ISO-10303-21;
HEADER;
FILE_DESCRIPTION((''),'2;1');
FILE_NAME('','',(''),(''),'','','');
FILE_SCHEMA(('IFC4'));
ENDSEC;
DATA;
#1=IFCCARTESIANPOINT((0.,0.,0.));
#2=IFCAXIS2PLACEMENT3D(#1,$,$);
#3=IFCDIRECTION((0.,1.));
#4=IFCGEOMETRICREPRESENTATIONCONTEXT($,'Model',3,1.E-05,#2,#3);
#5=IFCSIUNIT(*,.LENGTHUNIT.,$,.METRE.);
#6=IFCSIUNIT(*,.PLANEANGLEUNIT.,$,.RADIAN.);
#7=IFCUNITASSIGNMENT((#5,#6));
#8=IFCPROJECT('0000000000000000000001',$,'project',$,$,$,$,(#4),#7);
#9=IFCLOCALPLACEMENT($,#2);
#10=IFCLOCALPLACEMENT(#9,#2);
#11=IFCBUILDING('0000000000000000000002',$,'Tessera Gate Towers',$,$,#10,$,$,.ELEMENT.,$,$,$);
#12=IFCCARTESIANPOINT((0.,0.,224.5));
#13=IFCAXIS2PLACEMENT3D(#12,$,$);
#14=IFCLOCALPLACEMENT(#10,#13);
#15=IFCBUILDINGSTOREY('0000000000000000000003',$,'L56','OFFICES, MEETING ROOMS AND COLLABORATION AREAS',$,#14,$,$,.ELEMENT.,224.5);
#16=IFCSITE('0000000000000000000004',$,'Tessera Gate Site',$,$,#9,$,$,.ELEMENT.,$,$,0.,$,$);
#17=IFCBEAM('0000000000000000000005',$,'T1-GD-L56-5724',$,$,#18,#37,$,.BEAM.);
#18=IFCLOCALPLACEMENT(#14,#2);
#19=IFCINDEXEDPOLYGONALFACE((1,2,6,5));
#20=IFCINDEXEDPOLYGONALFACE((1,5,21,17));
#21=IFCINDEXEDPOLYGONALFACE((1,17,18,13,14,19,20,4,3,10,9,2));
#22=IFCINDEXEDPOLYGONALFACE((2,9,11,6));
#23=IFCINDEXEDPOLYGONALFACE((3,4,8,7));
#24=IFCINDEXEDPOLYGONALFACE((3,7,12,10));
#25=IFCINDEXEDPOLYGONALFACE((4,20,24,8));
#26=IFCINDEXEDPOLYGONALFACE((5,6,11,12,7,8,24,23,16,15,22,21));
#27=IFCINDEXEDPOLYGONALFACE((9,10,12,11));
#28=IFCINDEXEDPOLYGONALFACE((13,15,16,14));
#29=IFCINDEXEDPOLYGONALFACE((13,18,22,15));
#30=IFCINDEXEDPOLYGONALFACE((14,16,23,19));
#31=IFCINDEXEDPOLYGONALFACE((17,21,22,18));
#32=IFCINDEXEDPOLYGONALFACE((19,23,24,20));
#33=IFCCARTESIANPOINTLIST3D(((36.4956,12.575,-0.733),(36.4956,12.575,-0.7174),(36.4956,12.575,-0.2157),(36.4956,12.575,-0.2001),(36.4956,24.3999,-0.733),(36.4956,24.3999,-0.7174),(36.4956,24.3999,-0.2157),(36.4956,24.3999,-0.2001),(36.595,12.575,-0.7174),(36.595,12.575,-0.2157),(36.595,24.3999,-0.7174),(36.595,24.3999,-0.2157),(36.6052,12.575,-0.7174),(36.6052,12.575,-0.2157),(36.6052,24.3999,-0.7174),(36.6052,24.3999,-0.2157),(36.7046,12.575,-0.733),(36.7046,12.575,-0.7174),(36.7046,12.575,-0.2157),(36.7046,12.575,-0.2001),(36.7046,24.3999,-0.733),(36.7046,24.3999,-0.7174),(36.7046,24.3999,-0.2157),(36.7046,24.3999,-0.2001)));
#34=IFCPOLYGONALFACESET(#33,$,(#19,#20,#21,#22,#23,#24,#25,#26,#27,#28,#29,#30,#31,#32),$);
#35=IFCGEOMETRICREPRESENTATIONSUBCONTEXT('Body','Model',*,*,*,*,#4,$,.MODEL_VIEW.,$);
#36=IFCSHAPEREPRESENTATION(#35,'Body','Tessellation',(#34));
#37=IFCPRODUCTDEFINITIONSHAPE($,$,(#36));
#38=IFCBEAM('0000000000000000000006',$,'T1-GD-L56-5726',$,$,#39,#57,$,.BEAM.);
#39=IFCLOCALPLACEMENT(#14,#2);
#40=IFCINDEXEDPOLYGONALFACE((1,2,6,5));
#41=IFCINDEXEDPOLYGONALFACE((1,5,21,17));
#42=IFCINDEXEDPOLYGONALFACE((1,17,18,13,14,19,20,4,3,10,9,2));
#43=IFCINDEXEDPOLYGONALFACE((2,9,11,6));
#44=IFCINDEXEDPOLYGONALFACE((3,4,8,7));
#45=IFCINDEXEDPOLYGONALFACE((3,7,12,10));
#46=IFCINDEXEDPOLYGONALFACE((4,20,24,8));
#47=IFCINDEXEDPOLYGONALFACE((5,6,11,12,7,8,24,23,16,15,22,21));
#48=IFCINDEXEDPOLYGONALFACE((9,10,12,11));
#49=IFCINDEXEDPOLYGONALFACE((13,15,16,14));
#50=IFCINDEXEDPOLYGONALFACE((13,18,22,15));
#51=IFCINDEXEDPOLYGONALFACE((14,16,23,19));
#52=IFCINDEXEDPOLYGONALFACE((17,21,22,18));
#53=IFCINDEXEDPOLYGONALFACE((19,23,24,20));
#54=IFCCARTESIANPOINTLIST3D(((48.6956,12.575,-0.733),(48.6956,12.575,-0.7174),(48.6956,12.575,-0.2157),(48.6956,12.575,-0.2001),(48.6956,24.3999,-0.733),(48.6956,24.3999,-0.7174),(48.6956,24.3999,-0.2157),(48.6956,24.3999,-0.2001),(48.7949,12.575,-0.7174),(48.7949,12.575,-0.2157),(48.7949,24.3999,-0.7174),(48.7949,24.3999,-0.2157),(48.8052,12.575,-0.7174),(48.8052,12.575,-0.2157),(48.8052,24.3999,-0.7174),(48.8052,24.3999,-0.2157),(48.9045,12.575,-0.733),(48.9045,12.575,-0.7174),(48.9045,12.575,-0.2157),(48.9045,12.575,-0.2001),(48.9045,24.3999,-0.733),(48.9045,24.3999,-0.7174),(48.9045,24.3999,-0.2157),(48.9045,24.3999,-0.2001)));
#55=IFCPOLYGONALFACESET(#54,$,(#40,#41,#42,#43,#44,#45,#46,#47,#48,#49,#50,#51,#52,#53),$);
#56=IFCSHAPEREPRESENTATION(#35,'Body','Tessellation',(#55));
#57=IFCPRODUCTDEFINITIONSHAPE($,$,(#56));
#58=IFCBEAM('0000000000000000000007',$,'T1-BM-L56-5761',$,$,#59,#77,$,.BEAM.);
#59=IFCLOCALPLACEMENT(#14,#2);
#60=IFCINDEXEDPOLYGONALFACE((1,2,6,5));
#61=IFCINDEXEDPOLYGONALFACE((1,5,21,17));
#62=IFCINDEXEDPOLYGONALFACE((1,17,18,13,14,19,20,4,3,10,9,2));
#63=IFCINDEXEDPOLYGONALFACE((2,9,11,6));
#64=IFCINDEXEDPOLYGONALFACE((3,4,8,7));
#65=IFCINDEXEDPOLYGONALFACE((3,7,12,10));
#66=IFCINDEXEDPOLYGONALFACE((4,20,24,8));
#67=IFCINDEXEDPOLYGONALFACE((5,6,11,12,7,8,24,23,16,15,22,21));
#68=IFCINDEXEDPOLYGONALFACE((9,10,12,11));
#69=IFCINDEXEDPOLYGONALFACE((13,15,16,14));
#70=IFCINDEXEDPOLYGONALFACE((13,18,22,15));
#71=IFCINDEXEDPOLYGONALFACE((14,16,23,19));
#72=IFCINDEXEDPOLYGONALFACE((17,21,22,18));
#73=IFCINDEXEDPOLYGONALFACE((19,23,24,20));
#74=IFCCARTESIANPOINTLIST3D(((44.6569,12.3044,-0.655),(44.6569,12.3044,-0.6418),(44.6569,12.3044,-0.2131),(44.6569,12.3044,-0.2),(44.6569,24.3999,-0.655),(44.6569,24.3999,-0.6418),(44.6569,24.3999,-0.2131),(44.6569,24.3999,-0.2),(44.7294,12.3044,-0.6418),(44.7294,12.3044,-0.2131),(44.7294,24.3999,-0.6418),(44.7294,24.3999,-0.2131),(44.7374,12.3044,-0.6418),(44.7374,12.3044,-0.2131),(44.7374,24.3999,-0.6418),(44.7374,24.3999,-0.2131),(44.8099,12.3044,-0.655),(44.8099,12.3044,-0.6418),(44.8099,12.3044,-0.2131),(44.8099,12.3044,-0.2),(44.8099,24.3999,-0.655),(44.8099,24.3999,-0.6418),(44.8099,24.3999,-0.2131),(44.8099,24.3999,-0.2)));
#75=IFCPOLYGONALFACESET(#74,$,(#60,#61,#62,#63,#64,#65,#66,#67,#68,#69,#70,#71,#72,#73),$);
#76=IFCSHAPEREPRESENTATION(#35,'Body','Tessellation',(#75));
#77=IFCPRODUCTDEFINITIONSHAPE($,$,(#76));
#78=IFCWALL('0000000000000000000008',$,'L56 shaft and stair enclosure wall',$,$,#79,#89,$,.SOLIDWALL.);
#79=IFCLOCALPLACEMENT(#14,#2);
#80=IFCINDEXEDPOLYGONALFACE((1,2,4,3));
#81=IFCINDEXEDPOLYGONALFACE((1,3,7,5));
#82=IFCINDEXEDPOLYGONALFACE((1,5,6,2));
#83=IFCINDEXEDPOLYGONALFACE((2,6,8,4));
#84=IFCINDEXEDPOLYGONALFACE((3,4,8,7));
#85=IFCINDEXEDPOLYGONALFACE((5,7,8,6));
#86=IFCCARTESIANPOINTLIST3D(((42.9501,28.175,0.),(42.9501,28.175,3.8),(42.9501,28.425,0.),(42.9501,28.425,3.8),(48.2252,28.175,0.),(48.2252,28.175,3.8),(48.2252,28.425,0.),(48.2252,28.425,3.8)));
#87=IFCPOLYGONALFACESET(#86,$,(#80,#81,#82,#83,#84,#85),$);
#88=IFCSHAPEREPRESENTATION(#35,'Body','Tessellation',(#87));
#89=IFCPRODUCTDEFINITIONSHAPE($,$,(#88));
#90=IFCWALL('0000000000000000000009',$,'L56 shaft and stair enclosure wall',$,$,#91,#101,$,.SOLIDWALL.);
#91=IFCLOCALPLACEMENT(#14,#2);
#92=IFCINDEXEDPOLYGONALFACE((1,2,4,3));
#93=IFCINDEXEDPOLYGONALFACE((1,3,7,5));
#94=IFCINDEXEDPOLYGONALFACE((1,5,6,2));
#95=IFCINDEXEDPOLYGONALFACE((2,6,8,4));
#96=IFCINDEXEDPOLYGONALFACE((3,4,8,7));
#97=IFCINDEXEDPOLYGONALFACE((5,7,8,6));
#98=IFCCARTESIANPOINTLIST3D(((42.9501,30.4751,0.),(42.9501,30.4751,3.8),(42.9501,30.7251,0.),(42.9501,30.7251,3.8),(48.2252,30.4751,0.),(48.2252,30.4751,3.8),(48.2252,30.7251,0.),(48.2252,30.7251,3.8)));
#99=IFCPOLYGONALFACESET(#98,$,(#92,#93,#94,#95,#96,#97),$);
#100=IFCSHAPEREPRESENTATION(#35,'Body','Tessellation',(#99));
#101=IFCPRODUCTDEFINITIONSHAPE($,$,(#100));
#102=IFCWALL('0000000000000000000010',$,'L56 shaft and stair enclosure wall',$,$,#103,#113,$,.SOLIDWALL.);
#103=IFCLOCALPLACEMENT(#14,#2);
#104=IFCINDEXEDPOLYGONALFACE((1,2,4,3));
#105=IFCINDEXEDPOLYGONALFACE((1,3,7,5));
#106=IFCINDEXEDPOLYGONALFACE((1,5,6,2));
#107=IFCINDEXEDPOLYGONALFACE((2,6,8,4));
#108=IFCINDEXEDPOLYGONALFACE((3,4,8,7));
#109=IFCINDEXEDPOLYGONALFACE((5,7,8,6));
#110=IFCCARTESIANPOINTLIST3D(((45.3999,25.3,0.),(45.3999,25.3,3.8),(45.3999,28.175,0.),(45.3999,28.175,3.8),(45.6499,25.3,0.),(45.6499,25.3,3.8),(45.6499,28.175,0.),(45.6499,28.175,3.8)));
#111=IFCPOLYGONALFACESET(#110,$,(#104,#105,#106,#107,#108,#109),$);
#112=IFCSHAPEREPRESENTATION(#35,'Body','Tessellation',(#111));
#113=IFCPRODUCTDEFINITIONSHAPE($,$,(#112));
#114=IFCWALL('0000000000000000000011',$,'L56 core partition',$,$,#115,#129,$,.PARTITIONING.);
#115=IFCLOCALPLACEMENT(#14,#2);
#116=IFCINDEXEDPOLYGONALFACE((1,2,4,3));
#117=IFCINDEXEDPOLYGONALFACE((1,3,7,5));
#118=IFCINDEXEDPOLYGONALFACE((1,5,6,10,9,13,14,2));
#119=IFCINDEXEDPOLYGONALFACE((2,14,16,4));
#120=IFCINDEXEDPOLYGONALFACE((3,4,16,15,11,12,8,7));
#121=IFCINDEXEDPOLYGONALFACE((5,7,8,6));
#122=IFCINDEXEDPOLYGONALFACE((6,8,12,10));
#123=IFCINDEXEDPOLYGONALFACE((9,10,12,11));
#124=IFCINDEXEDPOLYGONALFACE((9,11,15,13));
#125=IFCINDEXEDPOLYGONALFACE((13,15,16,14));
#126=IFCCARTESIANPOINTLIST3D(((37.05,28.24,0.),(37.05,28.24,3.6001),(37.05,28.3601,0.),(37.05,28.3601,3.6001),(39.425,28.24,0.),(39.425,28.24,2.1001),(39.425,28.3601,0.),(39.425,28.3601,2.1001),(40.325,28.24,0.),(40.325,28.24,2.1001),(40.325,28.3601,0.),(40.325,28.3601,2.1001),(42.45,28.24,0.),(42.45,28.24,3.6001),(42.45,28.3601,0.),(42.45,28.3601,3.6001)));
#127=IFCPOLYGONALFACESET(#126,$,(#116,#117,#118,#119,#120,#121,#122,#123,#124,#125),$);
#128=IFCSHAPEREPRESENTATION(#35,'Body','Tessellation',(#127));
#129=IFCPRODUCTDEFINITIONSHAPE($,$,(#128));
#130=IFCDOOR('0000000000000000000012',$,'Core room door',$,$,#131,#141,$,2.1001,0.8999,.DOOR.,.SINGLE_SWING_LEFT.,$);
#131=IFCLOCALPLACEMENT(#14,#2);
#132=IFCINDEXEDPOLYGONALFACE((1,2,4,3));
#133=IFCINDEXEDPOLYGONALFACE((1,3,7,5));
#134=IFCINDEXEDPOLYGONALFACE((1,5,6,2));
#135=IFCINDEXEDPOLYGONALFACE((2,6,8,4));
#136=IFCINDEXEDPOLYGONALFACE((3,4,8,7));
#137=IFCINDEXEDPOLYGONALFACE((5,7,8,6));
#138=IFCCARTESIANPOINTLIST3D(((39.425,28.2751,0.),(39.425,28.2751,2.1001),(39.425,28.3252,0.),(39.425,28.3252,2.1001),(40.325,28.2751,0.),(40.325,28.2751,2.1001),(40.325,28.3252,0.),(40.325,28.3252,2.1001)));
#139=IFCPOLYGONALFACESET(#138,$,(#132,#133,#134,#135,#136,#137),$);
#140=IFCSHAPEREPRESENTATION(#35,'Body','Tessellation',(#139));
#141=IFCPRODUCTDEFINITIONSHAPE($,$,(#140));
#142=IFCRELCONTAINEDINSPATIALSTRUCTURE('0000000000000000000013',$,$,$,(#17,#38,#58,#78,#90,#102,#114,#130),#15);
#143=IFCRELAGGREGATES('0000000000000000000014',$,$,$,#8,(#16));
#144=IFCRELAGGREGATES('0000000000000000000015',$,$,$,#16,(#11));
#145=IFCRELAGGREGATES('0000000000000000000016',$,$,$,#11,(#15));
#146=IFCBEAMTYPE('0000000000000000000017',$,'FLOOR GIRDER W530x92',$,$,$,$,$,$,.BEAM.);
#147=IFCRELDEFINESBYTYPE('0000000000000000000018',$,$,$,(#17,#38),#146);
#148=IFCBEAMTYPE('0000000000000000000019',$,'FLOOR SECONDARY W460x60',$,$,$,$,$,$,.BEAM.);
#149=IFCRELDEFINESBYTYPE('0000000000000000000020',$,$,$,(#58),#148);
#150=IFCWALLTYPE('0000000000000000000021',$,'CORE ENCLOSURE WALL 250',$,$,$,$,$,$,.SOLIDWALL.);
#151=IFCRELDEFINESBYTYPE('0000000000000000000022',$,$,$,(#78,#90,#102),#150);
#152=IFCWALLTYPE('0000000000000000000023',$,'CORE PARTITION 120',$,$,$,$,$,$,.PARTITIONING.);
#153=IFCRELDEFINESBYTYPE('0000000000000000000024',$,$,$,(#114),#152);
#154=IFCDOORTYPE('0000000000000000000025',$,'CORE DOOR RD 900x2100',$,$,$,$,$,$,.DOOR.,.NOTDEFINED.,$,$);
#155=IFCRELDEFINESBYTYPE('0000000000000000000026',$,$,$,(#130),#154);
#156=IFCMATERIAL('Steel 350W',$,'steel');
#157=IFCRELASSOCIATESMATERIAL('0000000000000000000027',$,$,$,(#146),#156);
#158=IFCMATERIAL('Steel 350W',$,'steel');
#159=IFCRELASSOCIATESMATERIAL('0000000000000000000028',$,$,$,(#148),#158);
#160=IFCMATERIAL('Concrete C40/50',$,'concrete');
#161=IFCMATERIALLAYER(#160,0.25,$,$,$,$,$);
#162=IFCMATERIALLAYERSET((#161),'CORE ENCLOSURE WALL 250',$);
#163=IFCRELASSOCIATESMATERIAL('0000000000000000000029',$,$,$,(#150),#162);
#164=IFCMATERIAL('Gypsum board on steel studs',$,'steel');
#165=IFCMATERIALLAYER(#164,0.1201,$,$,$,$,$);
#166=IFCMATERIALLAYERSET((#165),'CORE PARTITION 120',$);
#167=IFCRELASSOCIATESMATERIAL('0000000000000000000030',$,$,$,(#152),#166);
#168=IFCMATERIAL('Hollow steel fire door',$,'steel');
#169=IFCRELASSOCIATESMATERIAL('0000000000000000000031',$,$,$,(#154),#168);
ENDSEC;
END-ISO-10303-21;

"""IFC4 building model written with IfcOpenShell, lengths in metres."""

from ifc_helpers import new_model, si_unit, direction, frame, frame_2d, origin, origin_2d, place, context, subcontext, project, spatial, rectangle, i_section, extrude, source, transform, mapped, material, layer, layer_set, material_profile, profile_set, type_object, element, fill, save


model = new_model("IFC4")

# Units and contexts
model_context = context("Model", 3, precision=1e-05, world=origin(), true_north=direction((0.0, 1.0)))
body_context = subcontext(model_context, "Body", "Model", "MODEL_VIEW")
ifc_project = project(units=[si_unit("LENGTHUNIT", "METRE"), si_unit("PLANEANGLEUNIT", "RADIAN")], contexts=[model_context])

# Site, building, storey
site_placement = place(None, origin())
site = spatial("IfcSite", under=ifc_project, at=site_placement, Name="Tessera Gate Site", CompositionType="ELEMENT", RefElevation=0.0)
building_placement = place(site_placement, origin())
building = spatial("IfcBuilding", under=site, at=building_placement, Name="Tessera Gate Towers", CompositionType="ELEMENT")
storey_placement = place(building_placement, frame((0.0, 0.0, 224.5)))
storey = spatial("IfcBuildingStorey", under=building, at=storey_placement, Name="L56", Description="OFFICES, MEETING ROOMS AND COLLABORATION AREAS", CompositionType="ELEMENT", Elevation=224.5)

# Beams
ifc_material_1 = material(Name="Steel 350W", Category="steel")
ifc_material_profile_1 = material_profile(ifc_material_1, i_section(OverallWidth=0.209, OverallDepth=0.533, WebThickness=0.0103, FlangeThickness=0.0156, at=origin_2d()), Name="W530x92")
ifc_profile_set_1 = profile_set([ifc_material_profile_1], Name="Steel 350W")
beam_type_1 = type_object("IfcBeamType", Name="FLOOR GIRDER W530x92", PredefinedType="BEAM", material=ifc_profile_set_1)
for number, where, z_axis, x_axis, name in (
    (1, (36.6001, 12.575, -0.4666), (0.0, 1.0, 0.0), (-1.0, 0.0, 0.0), "T1-GD-L56-5724"),
    (2, (48.8, 12.575, -0.4666), (0.0, 1.0, 0.0), (-1.0, 0.0, 0.0), "T1-GD-L56-5726"),
):
    element("IfcBeam", number, at=place(storey_placement, frame(where, z_axis=z_axis, x_axis=x_axis)), inside=storey, type_object=beam_type_1, Name=name, PredefinedType="BEAM", context=body_context, shape_type="SweptSolid", body=[
        extrude(i_section(OverallWidth=0.209, OverallDepth=0.533, WebThickness=0.0103, FlangeThickness=0.0156, at=origin_2d()), origin(), (0.0, 0.0, 1.0), 11.825),
    ])
ifc_material_2 = material(Name="Steel 350W", Category="steel")
ifc_material_profile_2 = material_profile(ifc_material_2, i_section(OverallWidth=0.1531, OverallDepth=0.4551, WebThickness=0.0081, FlangeThickness=0.0132, at=origin_2d()), Name="W460x60")
ifc_profile_set_2 = profile_set([ifc_material_profile_2], Name="Steel 350W")
beam_type_2 = type_object("IfcBeamType", Name="FLOOR SECONDARY W460x60", PredefinedType="BEAM", material=ifc_profile_set_2)
beam_placement = place(storey_placement, frame((44.7334, 12.3044, -0.4275), z_axis=(0.0, 1.0, 0.0), x_axis=(-1.0, 0.0, 0.0)))
element("IfcBeam", 3, at=beam_placement, inside=storey, type_object=beam_type_2, Name="T1-BM-L56-5761", PredefinedType="BEAM", context=body_context, shape_type="SweptSolid", body=[
    extrude(i_section(OverallWidth=0.1531, OverallDepth=0.4551, WebThickness=0.0081, FlangeThickness=0.0132, at=origin_2d()), origin(), (0.0, 0.0, 1.0), 12.0955),
])

# Walls
ifc_material_3 = material(Name="Concrete C40/50", Category="concrete")
ifc_layer_1 = layer(ifc_material_3, 0.25)
ifc_layer_set_1 = layer_set([ifc_layer_1], Name="CORE ENCLOSURE WALL 250")
wall_type_1 = type_object("IfcWallType", Name="CORE ENCLOSURE WALL 250", PredefinedType="SOLIDWALL", material=ifc_layer_set_1)
for number, where, z_axis, x_axis, name in (
    (4, (42.95, 28.3, 0.0), (0.0, 0.0, 1.0), (1.0, 0.0, 0.0), "L56 shaft and stair enclosure wall"),
    (5, (42.95, 30.6001, 0.0), (0.0, 0.0, 1.0), (1.0, 0.0, 0.0), "L56 shaft and stair enclosure wall"),
):
    element("IfcWall", number, at=place(storey_placement, frame(where, z_axis=z_axis, x_axis=x_axis)), inside=storey, type_object=wall_type_1, Name=name, PredefinedType="SOLIDWALL", context=body_context, shape_type="SweptSolid", body=[
        extrude(rectangle(XDim=5.2751, YDim=0.25, at=frame_2d((2.6377, 0.0))), origin(), (0.0, 0.0, 1.0), 3.8),
    ])
wall_1_placement = place(storey_placement, frame((45.5249, 25.3, 0.0), z_axis=(0.0, 0.0, 1.0), x_axis=(0.0, 1.0, 0.0)))
element("IfcWall", 6, at=wall_1_placement, inside=storey, type_object=wall_type_1, Name="L56 shaft and stair enclosure wall", PredefinedType="SOLIDWALL", context=body_context, shape_type="SweptSolid", body=[
    extrude(rectangle(XDim=2.875, YDim=0.25, at=frame_2d((1.4375, 0.0))), origin(), (0.0, 0.0, 1.0), 3.8),
])

# Wall, opening, door
ifc_material_4 = material(Name="Gypsum board on steel studs", Category="steel")
ifc_layer_2 = layer(ifc_material_4, 0.1201)
ifc_layer_set_2 = layer_set([ifc_layer_2], Name="CORE PARTITION 120")
wall_type_2 = type_object("IfcWallType", Name="CORE PARTITION 120", PredefinedType="PARTITIONING", material=ifc_layer_set_2)
wall_2_placement = place(storey_placement, frame((42.45, 28.3, 0.0), z_axis=(0.0, 0.0, 1.0), x_axis=(-1.0, 0.0, 0.0)))
wall_2 = element("IfcWall", 7, at=wall_2_placement, inside=storey, type_object=wall_type_2, Name="L56 core partition", PredefinedType="PARTITIONING", context=body_context, shape_type="SweptSolid", body=[
    extrude(rectangle(XDim=5.3999, YDim=0.1201, at=frame_2d((2.7, 0.0))), origin(), (0.0, 0.0, 1.0), 3.6001),
])
shared_shape_1 = source(origin(), body_context, "Body", "SweptSolid", [
    extrude(rectangle(XDim=0.8999, YDim=2.1001, at=frame_2d((0.45, 1.05))), frame((0.0, 0.0701, 0.0), z_axis=(0.0, -1.0, 0.0), x_axis=(1.0, 0.0, 0.0)), (0.0, 0.0, 1.0), 0.1401),
])
opening_1_placement = place(wall_2_placement, frame((2.125, 0.0, 0.0)))
opening_1 = element("IfcOpeningElement", 8, at=opening_1_placement, cuts=wall_2, PredefinedType="OPENING", context=body_context, shape_type="MappedRepresentation", body=[
    mapped(shared_shape_1, transform((0.0, 0.0, 0.0), scale=1.0)),
])
ifc_material_5 = material(Name="Hollow steel fire door", Category="steel")
door_type_1 = type_object("IfcDoorType", Name="CORE DOOR RD 900x2100", OperationType="NOTDEFINED", PredefinedType="DOOR", material=ifc_material_5)
shared_shape_2 = source(origin(), body_context, "Body", "SweptSolid", [
    extrude(rectangle(XDim=0.8999, YDim=2.1001, at=frame_2d((0.45, 1.05))), frame((0.0, 0.0249, 0.0), z_axis=(0.0, -1.0, 0.0), x_axis=(1.0, 0.0, 0.0)), (0.0, 0.0, 1.0), 0.05),
])
door_1_placement = place(opening_1_placement, origin())
door_1 = element("IfcDoor", 9, at=door_1_placement, inside=storey, type_object=door_type_1, Name="Core room door", OperationType="SINGLE_SWING_LEFT", OverallHeight=2.1001, OverallWidth=0.8999, PredefinedType="DOOR", context=body_context, shape_type="MappedRepresentation", body=[
    mapped(shared_shape_2, transform((0.0, 0.0, 0.0), scale=1.0)),
])
fill(opening_1, door_1)

save(model, "model.ifc")
